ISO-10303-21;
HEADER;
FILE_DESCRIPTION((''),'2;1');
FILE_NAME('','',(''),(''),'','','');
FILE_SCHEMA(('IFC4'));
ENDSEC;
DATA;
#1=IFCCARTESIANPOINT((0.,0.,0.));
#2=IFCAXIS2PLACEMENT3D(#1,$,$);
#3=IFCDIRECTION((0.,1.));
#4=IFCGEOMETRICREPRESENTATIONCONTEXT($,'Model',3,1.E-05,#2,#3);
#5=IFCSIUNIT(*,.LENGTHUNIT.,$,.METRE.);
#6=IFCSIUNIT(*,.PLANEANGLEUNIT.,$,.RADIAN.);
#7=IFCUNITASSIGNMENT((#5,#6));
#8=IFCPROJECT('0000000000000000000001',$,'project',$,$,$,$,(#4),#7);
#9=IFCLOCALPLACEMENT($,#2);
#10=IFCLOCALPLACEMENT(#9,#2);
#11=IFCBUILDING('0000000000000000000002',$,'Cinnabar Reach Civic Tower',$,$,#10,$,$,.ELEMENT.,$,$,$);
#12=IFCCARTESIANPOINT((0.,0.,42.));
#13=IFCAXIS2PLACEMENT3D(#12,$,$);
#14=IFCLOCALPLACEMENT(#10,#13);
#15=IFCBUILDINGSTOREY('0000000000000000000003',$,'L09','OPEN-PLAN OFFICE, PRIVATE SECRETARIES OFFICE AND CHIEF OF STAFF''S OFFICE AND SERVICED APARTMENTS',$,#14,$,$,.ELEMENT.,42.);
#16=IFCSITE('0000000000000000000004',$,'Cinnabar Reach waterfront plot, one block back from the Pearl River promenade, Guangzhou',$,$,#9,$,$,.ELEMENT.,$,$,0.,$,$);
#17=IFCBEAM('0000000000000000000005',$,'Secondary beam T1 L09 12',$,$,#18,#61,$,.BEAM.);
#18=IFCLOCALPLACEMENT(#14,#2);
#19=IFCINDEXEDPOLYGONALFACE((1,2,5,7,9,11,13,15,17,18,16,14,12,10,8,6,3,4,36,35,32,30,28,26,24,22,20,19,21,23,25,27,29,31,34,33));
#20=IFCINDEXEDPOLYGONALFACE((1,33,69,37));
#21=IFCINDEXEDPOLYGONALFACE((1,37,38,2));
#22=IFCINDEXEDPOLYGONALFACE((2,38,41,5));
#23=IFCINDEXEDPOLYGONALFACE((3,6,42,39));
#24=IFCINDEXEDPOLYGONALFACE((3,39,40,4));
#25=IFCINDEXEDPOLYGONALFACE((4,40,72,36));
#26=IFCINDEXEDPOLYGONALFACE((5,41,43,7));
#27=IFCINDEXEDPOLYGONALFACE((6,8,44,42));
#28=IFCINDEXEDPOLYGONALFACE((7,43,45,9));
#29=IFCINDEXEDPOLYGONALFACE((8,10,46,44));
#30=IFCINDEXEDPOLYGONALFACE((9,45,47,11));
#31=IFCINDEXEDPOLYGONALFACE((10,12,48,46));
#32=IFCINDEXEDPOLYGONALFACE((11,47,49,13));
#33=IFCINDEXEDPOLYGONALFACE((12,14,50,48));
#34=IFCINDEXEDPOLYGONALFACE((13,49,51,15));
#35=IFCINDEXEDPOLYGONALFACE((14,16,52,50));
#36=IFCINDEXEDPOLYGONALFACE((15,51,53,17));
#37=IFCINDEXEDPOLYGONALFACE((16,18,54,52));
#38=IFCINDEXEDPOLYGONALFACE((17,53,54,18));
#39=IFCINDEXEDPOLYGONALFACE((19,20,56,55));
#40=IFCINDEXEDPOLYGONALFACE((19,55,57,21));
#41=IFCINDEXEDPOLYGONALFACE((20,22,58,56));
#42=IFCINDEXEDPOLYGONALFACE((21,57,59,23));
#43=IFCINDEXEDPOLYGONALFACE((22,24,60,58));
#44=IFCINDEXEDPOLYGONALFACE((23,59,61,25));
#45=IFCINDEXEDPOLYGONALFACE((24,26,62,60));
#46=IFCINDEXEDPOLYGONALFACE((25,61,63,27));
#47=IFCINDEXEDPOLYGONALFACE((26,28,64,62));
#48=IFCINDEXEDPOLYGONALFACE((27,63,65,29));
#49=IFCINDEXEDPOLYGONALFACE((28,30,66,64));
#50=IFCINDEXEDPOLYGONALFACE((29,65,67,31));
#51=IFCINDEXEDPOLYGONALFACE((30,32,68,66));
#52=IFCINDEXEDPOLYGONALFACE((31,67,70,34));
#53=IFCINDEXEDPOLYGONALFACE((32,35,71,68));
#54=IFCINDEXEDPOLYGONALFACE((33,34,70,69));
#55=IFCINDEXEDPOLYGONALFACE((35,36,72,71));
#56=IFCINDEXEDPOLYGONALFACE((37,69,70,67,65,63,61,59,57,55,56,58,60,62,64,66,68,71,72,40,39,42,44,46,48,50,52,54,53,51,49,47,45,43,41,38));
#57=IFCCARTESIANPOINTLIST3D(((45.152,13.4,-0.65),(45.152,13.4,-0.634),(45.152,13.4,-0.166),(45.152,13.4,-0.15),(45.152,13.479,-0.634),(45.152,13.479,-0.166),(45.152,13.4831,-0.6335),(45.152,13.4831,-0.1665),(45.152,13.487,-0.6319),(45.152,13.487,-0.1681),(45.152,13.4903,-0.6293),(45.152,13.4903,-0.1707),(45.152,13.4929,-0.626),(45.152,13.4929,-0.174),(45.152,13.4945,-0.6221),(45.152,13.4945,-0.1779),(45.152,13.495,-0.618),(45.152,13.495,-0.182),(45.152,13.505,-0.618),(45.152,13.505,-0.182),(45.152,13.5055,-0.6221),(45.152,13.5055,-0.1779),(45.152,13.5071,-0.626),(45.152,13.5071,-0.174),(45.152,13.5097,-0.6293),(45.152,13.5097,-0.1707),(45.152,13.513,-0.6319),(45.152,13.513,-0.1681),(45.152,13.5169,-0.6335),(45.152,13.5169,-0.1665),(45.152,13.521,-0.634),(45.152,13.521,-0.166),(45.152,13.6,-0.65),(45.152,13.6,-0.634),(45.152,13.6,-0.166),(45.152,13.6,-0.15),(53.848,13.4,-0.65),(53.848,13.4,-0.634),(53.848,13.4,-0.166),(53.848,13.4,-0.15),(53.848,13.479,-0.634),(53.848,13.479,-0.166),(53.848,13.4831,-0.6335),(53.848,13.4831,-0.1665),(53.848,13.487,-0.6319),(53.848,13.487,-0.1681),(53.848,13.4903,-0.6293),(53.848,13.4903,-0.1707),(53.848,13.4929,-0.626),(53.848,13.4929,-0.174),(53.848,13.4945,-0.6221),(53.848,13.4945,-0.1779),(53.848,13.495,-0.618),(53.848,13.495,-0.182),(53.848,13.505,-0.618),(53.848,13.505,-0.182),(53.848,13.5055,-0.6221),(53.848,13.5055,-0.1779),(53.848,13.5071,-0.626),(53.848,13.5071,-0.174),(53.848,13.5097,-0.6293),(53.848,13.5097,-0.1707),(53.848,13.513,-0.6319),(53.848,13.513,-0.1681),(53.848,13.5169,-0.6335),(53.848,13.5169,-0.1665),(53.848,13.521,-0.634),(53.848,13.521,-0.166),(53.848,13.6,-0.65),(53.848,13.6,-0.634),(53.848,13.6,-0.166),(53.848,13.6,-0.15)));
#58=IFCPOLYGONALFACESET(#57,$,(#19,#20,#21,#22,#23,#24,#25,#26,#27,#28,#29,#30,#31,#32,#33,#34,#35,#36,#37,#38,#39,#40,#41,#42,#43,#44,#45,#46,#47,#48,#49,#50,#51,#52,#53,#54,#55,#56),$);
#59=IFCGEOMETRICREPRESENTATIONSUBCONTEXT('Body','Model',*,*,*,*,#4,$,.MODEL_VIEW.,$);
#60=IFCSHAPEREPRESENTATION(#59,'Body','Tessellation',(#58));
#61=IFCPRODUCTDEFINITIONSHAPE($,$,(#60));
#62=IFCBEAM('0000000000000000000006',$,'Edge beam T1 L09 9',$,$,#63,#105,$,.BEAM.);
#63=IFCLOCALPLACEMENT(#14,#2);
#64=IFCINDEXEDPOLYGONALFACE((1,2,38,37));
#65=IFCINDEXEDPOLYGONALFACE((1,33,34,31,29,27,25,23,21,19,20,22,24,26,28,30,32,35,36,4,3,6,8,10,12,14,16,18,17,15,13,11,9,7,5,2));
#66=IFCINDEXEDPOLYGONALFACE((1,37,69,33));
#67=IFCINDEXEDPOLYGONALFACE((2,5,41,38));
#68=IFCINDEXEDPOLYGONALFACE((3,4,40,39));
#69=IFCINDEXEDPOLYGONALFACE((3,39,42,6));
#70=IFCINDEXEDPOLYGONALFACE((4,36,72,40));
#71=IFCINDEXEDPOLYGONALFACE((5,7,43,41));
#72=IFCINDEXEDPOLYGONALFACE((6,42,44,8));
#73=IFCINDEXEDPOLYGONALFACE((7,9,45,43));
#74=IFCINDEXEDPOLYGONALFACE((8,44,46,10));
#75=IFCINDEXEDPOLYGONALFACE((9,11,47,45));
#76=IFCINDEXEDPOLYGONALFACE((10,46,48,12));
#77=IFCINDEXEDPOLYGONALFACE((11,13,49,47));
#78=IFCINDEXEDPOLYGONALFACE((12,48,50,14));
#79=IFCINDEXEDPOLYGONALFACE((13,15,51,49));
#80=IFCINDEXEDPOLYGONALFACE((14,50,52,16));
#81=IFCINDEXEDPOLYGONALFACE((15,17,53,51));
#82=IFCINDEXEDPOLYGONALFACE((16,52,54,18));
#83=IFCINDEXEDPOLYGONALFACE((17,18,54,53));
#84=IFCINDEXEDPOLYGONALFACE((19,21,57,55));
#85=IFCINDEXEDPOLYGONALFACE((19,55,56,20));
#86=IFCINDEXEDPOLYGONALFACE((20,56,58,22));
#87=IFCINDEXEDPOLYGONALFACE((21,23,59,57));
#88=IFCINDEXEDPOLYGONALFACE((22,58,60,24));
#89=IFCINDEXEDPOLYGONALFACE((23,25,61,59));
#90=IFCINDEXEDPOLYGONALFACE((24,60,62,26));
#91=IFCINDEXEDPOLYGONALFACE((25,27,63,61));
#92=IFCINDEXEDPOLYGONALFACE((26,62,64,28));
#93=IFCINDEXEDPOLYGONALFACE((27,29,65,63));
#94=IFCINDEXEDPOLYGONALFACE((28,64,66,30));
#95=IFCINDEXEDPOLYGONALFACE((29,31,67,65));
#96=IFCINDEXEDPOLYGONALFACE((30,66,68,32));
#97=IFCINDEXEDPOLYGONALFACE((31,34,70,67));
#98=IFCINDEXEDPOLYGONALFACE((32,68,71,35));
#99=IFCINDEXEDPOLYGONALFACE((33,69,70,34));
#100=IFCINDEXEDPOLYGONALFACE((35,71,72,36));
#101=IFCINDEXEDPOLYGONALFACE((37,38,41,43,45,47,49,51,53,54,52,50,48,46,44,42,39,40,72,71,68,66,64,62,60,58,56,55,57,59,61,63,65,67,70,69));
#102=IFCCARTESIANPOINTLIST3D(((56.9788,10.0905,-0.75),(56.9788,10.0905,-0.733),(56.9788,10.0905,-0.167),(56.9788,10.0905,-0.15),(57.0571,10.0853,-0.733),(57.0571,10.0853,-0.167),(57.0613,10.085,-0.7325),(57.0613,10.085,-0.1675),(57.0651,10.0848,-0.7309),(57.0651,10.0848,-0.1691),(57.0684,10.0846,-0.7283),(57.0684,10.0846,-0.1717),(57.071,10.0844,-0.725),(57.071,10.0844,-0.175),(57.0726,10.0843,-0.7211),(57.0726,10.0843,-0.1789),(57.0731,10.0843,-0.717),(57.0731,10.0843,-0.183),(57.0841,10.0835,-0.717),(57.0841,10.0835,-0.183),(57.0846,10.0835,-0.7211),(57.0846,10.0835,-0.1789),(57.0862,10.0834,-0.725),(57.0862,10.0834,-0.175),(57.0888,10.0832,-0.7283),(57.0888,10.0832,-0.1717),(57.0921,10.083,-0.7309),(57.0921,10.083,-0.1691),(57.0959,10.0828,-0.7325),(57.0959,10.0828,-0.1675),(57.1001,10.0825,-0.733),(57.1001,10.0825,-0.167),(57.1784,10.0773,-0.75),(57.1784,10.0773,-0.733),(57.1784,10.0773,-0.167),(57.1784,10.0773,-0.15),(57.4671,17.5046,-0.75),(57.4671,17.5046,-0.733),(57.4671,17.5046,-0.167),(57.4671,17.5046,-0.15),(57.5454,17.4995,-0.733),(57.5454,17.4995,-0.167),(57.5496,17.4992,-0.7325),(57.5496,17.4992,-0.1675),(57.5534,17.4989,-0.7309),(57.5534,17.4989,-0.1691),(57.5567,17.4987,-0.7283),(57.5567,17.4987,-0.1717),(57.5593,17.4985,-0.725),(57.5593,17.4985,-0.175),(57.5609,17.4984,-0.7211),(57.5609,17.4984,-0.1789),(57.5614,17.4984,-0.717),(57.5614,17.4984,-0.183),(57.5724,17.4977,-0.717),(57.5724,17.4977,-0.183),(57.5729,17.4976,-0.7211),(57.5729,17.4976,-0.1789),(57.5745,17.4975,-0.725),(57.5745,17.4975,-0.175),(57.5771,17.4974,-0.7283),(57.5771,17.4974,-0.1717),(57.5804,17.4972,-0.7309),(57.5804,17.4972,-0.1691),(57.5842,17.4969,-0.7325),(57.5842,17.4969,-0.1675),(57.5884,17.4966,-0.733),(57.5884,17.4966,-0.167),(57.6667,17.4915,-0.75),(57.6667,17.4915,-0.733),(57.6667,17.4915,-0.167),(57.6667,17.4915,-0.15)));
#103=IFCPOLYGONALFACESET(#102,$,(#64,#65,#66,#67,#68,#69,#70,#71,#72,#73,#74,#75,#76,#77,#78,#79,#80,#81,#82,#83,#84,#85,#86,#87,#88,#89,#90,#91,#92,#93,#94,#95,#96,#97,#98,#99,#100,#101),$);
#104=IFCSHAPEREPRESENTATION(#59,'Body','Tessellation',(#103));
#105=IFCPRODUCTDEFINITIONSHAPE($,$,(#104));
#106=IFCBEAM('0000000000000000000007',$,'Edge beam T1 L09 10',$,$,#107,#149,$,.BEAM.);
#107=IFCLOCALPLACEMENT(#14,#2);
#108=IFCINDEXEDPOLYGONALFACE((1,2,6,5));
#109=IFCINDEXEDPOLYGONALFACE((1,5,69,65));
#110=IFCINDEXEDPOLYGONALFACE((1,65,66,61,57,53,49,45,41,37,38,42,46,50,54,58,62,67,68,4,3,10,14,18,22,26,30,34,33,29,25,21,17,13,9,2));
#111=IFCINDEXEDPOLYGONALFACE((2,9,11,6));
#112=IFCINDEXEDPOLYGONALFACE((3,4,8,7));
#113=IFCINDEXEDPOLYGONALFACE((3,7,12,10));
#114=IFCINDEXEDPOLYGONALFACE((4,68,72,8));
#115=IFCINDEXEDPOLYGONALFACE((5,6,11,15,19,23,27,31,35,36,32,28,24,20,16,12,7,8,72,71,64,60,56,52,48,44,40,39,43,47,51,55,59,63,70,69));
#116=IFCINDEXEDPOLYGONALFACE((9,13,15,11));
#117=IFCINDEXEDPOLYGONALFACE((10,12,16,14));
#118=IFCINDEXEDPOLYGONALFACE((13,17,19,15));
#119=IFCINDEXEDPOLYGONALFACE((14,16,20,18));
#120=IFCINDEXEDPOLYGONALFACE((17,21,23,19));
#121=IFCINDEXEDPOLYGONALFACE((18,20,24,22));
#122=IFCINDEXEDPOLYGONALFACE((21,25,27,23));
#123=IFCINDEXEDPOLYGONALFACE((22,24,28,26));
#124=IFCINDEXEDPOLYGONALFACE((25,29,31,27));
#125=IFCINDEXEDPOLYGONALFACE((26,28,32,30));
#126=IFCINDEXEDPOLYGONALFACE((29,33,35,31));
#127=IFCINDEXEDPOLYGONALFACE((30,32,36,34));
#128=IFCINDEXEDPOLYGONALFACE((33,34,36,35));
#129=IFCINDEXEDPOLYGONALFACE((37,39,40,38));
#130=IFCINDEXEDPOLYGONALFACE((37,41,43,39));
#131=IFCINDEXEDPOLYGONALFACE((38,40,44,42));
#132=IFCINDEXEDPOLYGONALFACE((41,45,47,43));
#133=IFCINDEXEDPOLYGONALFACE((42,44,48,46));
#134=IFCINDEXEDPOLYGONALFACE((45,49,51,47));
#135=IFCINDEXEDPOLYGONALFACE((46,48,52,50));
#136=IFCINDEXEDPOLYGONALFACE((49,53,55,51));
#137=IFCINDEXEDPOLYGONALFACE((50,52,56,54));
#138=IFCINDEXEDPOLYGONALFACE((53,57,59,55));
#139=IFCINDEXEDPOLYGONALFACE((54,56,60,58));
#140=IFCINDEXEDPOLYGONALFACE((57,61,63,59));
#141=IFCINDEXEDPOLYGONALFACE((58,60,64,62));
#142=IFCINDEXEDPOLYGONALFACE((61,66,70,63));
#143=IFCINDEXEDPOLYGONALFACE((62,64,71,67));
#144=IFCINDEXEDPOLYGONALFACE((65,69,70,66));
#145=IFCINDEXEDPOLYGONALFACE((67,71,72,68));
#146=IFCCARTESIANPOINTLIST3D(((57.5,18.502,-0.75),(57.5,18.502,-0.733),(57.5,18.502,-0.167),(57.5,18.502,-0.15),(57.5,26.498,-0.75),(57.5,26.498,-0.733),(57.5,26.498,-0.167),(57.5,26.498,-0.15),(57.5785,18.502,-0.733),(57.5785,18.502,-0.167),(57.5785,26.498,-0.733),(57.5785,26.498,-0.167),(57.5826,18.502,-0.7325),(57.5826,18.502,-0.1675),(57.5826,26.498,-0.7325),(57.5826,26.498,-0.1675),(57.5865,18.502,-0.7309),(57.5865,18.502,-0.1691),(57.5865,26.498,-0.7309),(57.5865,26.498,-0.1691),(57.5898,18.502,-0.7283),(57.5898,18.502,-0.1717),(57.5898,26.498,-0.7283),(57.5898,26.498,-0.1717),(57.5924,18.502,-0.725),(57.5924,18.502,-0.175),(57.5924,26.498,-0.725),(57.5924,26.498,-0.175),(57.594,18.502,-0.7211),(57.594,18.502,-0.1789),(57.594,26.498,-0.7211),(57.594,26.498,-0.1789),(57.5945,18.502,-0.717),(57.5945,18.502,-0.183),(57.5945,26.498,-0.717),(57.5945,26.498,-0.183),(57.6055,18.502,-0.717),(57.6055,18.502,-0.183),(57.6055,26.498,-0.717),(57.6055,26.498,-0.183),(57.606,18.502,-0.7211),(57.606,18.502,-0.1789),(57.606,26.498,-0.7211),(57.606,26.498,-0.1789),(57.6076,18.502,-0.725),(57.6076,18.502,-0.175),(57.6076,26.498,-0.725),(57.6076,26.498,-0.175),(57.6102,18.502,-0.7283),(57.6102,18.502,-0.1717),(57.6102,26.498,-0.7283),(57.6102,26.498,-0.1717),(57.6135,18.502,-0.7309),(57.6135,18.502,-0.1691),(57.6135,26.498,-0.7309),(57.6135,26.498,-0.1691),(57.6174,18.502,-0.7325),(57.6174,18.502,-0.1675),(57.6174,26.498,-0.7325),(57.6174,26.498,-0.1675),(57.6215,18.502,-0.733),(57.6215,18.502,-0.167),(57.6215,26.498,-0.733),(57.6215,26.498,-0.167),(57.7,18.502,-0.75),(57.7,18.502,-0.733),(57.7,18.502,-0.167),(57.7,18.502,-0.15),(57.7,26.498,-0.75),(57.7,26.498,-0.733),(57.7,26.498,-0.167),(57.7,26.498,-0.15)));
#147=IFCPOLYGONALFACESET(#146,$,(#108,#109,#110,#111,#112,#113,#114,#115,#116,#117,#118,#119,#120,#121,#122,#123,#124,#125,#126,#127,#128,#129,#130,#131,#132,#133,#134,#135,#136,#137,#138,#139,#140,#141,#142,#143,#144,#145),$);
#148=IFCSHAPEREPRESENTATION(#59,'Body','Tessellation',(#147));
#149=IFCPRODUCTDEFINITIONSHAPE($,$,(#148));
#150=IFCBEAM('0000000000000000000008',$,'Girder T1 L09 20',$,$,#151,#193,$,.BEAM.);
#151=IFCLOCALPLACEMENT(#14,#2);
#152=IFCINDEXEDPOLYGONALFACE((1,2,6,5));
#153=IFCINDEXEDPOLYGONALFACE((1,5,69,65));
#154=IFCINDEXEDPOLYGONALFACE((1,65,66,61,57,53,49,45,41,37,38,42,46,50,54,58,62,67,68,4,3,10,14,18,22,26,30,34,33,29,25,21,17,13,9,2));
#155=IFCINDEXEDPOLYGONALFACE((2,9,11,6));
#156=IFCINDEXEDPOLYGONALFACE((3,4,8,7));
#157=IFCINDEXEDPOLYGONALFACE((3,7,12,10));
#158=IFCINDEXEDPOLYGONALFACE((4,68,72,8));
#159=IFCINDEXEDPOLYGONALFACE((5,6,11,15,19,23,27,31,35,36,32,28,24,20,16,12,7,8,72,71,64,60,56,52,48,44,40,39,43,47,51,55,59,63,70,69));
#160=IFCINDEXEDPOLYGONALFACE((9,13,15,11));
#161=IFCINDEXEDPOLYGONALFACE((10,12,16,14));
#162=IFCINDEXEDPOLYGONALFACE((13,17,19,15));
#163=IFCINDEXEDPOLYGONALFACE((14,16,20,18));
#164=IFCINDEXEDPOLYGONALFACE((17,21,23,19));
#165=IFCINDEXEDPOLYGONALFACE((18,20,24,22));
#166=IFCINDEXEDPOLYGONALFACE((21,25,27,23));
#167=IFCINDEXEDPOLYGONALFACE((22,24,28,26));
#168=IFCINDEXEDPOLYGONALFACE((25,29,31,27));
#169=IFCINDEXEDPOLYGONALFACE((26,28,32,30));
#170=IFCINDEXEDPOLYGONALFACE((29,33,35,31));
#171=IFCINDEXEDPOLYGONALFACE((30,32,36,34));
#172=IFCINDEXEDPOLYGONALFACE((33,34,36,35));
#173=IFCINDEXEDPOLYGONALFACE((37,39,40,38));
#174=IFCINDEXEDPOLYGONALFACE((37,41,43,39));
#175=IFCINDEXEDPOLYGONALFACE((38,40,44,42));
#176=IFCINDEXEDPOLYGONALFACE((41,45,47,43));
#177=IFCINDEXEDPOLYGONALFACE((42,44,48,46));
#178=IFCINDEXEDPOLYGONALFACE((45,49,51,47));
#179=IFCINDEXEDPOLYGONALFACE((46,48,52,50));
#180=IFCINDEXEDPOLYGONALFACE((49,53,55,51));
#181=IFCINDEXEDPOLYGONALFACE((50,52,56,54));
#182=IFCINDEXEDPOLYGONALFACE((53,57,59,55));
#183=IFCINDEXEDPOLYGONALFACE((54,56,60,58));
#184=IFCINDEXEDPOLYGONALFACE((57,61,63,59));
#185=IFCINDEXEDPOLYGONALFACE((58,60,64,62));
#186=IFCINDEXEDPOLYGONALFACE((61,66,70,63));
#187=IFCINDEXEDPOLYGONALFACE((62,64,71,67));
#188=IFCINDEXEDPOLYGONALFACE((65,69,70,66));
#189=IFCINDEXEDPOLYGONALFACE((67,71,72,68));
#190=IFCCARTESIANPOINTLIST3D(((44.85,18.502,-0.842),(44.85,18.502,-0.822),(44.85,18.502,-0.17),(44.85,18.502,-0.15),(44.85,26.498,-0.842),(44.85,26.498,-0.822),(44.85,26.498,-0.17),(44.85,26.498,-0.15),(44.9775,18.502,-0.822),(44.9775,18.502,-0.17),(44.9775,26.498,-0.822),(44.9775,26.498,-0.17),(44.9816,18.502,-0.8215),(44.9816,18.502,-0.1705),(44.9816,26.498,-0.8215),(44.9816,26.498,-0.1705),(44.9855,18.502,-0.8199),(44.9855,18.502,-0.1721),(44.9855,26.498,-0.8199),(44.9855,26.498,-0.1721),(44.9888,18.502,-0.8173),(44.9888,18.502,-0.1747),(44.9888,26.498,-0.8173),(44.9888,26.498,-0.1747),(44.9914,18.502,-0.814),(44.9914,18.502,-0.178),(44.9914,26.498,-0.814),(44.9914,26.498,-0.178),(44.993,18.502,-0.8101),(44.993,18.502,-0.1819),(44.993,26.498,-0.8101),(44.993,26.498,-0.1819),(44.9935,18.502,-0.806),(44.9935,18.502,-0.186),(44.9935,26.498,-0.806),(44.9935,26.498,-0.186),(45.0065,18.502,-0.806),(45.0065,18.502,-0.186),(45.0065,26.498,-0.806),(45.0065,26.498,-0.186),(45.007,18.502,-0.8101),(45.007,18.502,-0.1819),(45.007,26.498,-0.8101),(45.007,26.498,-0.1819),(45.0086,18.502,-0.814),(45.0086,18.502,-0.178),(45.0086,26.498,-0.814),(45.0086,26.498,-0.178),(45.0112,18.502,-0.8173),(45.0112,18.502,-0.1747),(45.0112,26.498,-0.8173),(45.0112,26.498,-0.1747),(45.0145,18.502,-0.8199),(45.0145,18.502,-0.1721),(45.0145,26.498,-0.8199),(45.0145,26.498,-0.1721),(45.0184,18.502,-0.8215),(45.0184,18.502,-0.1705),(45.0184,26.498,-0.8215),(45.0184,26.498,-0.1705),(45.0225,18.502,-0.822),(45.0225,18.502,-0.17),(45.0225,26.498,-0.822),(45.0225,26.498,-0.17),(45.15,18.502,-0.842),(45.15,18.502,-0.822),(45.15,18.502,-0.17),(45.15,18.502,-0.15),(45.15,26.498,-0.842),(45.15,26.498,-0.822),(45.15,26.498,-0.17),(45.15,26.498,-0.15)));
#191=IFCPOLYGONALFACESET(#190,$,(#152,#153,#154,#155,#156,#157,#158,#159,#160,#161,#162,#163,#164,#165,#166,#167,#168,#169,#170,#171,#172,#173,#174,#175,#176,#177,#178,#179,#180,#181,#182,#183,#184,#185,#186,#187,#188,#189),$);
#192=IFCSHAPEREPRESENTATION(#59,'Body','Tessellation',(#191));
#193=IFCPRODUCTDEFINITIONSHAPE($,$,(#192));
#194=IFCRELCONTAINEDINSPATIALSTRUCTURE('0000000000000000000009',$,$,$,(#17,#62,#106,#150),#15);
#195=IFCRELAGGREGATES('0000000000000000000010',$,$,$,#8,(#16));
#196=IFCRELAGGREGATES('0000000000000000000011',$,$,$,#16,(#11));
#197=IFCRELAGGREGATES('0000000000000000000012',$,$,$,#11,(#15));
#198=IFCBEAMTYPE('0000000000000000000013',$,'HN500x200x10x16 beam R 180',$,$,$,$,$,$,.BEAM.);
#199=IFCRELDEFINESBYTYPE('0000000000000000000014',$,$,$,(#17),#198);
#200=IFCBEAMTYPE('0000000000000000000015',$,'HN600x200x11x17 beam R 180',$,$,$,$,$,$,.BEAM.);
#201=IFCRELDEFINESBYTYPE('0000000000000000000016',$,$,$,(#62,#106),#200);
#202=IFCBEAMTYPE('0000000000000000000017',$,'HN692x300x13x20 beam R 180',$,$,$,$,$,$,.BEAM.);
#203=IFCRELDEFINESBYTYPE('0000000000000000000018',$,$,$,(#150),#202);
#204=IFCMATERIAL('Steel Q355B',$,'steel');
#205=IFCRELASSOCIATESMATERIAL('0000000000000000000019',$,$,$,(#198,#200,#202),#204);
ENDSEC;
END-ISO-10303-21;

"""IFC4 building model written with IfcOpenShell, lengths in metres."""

from ifc_helpers import new_model, si_unit, direction, frame, origin, origin_2d, place, context, subcontext, project, spatial, i_section, extrude, material, material_profile, profile_set, type_object, element, save


model = new_model("IFC4")

# Units and contexts
model_context = context("Model", 3, precision=1e-05, world=origin(), true_north=direction((0.0, 1.0)))
body_context = subcontext(model_context, "Body", "Model", "MODEL_VIEW")
ifc_project = project(units=[si_unit("LENGTHUNIT", "METRE"), si_unit("PLANEANGLEUNIT", "RADIAN")], contexts=[model_context])

# Site, building, storey
site_placement = place(None, origin())
site = spatial("IfcSite", under=ifc_project, at=site_placement, Name="Cinnabar Reach waterfront plot, one block back from the Pearl River promenade, Guangzhou", CompositionType="ELEMENT", RefElevation=0.0)
building_placement = place(site_placement, origin())
building = spatial("IfcBuilding", under=site, at=building_placement, Name="Cinnabar Reach Civic Tower", CompositionType="ELEMENT")
storey_placement = place(building_placement, frame((0.0, 0.0, 42.0)))
storey = spatial("IfcBuildingStorey", under=building, at=storey_placement, Name="L09", Description="OPEN-PLAN OFFICE, PRIVATE SECRETARIES OFFICE AND CHIEF OF STAFF'S OFFICE AND SERVICED APARTMENTS", CompositionType="ELEMENT", Elevation=42.0)

# Beams
ifc_material_1 = material(Name="Steel Q355B", Category="steel")
ifc_material_profile_1 = material_profile(ifc_material_1, i_section(OverallWidth=0.2, OverallDepth=0.5, WebThickness=0.01, FlangeThickness=0.016, FilletRadius=0.016, at=origin_2d()), Name="HN500x200x10x16")
ifc_profile_set_1 = profile_set([ifc_material_profile_1], Name="Steel Q355B")
beam_type_1 = type_object("IfcBeamType", Name="HN500x200x10x16 beam R 180", PredefinedType="BEAM", material=ifc_profile_set_1)
beam_1_placement = place(storey_placement, frame((45.152, 13.5, -0.4), z_axis=(1.0, 0.0, 0.0), x_axis=(0.0, 1.0, 0.0)))
element("IfcBeam", 1, at=beam_1_placement, inside=storey, type_object=beam_type_1, Name="Secondary beam T1 L09 12", PredefinedType="BEAM", context=body_context, shape_type="SweptSolid", body=[
    extrude(i_section(OverallWidth=0.2, OverallDepth=0.5, WebThickness=0.01, FlangeThickness=0.016, FilletRadius=0.016, at=origin_2d()), origin(), (0.0, 0.0, 1.0), 8.696),
])
ifc_material_profile_2 = material_profile(ifc_material_1, i_section(OverallWidth=0.2, OverallDepth=0.6, WebThickness=0.011, FlangeThickness=0.017, FilletRadius=0.016, at=origin_2d()), Name="HN600x200x11x17")
ifc_profile_set_2 = profile_set([ifc_material_profile_2], Name="Steel Q355B")
beam_type_2 = type_object("IfcBeamType", Name="HN600x200x11x17 beam R 180", PredefinedType="BEAM", material=ifc_profile_set_2)
beam_2_placement = place(storey_placement, frame((57.0786, 10.0839, -0.45), z_axis=(0.065719, 0.997838, 0.0), x_axis=(-0.997838, 0.065719, 0.0)))
element("IfcBeam", 2, at=beam_2_placement, inside=storey, type_object=beam_type_2, Name="Edge beam T1 L09 9", PredefinedType="BEAM", context=body_context, shape_type="SweptSolid", body=[
    extrude(i_section(OverallWidth=0.2, OverallDepth=0.6, WebThickness=0.011, FlangeThickness=0.017, FilletRadius=0.016, at=origin_2d()), origin(), (0.0, 0.0, 1.0), 7.4302),
])
beam_3_placement = place(storey_placement, frame((57.6, 18.502, -0.45), z_axis=(0.0, 1.0, 0.0), x_axis=(-1.0, 0.0, 0.0)))
element("IfcBeam", 3, at=beam_3_placement, inside=storey, type_object=beam_type_2, Name="Edge beam T1 L09 10", PredefinedType="BEAM", context=body_context, shape_type="SweptSolid", body=[
    extrude(i_section(OverallWidth=0.2, OverallDepth=0.6, WebThickness=0.011, FlangeThickness=0.017, FilletRadius=0.016, at=origin_2d()), origin(), (0.0, 0.0, 1.0), 7.996),
])
ifc_material_profile_3 = material_profile(ifc_material_1, i_section(OverallWidth=0.3, OverallDepth=0.692, WebThickness=0.013, FlangeThickness=0.02, FilletRadius=0.016, at=origin_2d()), Name="HN692x300x13x20")
ifc_profile_set_3 = profile_set([ifc_material_profile_3], Name="Steel Q355B")
beam_type_3 = type_object("IfcBeamType", Name="HN692x300x13x20 beam R 180", PredefinedType="BEAM", material=ifc_profile_set_3)
for number, where, z_axis, x_axis, name in (
    (4, (45.0, 18.502, -0.496), (0.0, 1.0, 0.0), (-1.0, 0.0, 0.0), "Girder T1 L09 20"),
):
    element("IfcBeam", number, at=place(storey_placement, frame(where, z_axis=z_axis, x_axis=x_axis)), inside=storey, type_object=beam_type_3, Name=name, PredefinedType="BEAM", context=body_context, shape_type="SweptSolid", body=[
        extrude(i_section(OverallWidth=0.3, OverallDepth=0.692, WebThickness=0.013, FlangeThickness=0.02, FilletRadius=0.016, at=origin_2d()), origin(), (0.0, 0.0, 1.0), 7.996),
    ])

save(model, "model.ifc")
